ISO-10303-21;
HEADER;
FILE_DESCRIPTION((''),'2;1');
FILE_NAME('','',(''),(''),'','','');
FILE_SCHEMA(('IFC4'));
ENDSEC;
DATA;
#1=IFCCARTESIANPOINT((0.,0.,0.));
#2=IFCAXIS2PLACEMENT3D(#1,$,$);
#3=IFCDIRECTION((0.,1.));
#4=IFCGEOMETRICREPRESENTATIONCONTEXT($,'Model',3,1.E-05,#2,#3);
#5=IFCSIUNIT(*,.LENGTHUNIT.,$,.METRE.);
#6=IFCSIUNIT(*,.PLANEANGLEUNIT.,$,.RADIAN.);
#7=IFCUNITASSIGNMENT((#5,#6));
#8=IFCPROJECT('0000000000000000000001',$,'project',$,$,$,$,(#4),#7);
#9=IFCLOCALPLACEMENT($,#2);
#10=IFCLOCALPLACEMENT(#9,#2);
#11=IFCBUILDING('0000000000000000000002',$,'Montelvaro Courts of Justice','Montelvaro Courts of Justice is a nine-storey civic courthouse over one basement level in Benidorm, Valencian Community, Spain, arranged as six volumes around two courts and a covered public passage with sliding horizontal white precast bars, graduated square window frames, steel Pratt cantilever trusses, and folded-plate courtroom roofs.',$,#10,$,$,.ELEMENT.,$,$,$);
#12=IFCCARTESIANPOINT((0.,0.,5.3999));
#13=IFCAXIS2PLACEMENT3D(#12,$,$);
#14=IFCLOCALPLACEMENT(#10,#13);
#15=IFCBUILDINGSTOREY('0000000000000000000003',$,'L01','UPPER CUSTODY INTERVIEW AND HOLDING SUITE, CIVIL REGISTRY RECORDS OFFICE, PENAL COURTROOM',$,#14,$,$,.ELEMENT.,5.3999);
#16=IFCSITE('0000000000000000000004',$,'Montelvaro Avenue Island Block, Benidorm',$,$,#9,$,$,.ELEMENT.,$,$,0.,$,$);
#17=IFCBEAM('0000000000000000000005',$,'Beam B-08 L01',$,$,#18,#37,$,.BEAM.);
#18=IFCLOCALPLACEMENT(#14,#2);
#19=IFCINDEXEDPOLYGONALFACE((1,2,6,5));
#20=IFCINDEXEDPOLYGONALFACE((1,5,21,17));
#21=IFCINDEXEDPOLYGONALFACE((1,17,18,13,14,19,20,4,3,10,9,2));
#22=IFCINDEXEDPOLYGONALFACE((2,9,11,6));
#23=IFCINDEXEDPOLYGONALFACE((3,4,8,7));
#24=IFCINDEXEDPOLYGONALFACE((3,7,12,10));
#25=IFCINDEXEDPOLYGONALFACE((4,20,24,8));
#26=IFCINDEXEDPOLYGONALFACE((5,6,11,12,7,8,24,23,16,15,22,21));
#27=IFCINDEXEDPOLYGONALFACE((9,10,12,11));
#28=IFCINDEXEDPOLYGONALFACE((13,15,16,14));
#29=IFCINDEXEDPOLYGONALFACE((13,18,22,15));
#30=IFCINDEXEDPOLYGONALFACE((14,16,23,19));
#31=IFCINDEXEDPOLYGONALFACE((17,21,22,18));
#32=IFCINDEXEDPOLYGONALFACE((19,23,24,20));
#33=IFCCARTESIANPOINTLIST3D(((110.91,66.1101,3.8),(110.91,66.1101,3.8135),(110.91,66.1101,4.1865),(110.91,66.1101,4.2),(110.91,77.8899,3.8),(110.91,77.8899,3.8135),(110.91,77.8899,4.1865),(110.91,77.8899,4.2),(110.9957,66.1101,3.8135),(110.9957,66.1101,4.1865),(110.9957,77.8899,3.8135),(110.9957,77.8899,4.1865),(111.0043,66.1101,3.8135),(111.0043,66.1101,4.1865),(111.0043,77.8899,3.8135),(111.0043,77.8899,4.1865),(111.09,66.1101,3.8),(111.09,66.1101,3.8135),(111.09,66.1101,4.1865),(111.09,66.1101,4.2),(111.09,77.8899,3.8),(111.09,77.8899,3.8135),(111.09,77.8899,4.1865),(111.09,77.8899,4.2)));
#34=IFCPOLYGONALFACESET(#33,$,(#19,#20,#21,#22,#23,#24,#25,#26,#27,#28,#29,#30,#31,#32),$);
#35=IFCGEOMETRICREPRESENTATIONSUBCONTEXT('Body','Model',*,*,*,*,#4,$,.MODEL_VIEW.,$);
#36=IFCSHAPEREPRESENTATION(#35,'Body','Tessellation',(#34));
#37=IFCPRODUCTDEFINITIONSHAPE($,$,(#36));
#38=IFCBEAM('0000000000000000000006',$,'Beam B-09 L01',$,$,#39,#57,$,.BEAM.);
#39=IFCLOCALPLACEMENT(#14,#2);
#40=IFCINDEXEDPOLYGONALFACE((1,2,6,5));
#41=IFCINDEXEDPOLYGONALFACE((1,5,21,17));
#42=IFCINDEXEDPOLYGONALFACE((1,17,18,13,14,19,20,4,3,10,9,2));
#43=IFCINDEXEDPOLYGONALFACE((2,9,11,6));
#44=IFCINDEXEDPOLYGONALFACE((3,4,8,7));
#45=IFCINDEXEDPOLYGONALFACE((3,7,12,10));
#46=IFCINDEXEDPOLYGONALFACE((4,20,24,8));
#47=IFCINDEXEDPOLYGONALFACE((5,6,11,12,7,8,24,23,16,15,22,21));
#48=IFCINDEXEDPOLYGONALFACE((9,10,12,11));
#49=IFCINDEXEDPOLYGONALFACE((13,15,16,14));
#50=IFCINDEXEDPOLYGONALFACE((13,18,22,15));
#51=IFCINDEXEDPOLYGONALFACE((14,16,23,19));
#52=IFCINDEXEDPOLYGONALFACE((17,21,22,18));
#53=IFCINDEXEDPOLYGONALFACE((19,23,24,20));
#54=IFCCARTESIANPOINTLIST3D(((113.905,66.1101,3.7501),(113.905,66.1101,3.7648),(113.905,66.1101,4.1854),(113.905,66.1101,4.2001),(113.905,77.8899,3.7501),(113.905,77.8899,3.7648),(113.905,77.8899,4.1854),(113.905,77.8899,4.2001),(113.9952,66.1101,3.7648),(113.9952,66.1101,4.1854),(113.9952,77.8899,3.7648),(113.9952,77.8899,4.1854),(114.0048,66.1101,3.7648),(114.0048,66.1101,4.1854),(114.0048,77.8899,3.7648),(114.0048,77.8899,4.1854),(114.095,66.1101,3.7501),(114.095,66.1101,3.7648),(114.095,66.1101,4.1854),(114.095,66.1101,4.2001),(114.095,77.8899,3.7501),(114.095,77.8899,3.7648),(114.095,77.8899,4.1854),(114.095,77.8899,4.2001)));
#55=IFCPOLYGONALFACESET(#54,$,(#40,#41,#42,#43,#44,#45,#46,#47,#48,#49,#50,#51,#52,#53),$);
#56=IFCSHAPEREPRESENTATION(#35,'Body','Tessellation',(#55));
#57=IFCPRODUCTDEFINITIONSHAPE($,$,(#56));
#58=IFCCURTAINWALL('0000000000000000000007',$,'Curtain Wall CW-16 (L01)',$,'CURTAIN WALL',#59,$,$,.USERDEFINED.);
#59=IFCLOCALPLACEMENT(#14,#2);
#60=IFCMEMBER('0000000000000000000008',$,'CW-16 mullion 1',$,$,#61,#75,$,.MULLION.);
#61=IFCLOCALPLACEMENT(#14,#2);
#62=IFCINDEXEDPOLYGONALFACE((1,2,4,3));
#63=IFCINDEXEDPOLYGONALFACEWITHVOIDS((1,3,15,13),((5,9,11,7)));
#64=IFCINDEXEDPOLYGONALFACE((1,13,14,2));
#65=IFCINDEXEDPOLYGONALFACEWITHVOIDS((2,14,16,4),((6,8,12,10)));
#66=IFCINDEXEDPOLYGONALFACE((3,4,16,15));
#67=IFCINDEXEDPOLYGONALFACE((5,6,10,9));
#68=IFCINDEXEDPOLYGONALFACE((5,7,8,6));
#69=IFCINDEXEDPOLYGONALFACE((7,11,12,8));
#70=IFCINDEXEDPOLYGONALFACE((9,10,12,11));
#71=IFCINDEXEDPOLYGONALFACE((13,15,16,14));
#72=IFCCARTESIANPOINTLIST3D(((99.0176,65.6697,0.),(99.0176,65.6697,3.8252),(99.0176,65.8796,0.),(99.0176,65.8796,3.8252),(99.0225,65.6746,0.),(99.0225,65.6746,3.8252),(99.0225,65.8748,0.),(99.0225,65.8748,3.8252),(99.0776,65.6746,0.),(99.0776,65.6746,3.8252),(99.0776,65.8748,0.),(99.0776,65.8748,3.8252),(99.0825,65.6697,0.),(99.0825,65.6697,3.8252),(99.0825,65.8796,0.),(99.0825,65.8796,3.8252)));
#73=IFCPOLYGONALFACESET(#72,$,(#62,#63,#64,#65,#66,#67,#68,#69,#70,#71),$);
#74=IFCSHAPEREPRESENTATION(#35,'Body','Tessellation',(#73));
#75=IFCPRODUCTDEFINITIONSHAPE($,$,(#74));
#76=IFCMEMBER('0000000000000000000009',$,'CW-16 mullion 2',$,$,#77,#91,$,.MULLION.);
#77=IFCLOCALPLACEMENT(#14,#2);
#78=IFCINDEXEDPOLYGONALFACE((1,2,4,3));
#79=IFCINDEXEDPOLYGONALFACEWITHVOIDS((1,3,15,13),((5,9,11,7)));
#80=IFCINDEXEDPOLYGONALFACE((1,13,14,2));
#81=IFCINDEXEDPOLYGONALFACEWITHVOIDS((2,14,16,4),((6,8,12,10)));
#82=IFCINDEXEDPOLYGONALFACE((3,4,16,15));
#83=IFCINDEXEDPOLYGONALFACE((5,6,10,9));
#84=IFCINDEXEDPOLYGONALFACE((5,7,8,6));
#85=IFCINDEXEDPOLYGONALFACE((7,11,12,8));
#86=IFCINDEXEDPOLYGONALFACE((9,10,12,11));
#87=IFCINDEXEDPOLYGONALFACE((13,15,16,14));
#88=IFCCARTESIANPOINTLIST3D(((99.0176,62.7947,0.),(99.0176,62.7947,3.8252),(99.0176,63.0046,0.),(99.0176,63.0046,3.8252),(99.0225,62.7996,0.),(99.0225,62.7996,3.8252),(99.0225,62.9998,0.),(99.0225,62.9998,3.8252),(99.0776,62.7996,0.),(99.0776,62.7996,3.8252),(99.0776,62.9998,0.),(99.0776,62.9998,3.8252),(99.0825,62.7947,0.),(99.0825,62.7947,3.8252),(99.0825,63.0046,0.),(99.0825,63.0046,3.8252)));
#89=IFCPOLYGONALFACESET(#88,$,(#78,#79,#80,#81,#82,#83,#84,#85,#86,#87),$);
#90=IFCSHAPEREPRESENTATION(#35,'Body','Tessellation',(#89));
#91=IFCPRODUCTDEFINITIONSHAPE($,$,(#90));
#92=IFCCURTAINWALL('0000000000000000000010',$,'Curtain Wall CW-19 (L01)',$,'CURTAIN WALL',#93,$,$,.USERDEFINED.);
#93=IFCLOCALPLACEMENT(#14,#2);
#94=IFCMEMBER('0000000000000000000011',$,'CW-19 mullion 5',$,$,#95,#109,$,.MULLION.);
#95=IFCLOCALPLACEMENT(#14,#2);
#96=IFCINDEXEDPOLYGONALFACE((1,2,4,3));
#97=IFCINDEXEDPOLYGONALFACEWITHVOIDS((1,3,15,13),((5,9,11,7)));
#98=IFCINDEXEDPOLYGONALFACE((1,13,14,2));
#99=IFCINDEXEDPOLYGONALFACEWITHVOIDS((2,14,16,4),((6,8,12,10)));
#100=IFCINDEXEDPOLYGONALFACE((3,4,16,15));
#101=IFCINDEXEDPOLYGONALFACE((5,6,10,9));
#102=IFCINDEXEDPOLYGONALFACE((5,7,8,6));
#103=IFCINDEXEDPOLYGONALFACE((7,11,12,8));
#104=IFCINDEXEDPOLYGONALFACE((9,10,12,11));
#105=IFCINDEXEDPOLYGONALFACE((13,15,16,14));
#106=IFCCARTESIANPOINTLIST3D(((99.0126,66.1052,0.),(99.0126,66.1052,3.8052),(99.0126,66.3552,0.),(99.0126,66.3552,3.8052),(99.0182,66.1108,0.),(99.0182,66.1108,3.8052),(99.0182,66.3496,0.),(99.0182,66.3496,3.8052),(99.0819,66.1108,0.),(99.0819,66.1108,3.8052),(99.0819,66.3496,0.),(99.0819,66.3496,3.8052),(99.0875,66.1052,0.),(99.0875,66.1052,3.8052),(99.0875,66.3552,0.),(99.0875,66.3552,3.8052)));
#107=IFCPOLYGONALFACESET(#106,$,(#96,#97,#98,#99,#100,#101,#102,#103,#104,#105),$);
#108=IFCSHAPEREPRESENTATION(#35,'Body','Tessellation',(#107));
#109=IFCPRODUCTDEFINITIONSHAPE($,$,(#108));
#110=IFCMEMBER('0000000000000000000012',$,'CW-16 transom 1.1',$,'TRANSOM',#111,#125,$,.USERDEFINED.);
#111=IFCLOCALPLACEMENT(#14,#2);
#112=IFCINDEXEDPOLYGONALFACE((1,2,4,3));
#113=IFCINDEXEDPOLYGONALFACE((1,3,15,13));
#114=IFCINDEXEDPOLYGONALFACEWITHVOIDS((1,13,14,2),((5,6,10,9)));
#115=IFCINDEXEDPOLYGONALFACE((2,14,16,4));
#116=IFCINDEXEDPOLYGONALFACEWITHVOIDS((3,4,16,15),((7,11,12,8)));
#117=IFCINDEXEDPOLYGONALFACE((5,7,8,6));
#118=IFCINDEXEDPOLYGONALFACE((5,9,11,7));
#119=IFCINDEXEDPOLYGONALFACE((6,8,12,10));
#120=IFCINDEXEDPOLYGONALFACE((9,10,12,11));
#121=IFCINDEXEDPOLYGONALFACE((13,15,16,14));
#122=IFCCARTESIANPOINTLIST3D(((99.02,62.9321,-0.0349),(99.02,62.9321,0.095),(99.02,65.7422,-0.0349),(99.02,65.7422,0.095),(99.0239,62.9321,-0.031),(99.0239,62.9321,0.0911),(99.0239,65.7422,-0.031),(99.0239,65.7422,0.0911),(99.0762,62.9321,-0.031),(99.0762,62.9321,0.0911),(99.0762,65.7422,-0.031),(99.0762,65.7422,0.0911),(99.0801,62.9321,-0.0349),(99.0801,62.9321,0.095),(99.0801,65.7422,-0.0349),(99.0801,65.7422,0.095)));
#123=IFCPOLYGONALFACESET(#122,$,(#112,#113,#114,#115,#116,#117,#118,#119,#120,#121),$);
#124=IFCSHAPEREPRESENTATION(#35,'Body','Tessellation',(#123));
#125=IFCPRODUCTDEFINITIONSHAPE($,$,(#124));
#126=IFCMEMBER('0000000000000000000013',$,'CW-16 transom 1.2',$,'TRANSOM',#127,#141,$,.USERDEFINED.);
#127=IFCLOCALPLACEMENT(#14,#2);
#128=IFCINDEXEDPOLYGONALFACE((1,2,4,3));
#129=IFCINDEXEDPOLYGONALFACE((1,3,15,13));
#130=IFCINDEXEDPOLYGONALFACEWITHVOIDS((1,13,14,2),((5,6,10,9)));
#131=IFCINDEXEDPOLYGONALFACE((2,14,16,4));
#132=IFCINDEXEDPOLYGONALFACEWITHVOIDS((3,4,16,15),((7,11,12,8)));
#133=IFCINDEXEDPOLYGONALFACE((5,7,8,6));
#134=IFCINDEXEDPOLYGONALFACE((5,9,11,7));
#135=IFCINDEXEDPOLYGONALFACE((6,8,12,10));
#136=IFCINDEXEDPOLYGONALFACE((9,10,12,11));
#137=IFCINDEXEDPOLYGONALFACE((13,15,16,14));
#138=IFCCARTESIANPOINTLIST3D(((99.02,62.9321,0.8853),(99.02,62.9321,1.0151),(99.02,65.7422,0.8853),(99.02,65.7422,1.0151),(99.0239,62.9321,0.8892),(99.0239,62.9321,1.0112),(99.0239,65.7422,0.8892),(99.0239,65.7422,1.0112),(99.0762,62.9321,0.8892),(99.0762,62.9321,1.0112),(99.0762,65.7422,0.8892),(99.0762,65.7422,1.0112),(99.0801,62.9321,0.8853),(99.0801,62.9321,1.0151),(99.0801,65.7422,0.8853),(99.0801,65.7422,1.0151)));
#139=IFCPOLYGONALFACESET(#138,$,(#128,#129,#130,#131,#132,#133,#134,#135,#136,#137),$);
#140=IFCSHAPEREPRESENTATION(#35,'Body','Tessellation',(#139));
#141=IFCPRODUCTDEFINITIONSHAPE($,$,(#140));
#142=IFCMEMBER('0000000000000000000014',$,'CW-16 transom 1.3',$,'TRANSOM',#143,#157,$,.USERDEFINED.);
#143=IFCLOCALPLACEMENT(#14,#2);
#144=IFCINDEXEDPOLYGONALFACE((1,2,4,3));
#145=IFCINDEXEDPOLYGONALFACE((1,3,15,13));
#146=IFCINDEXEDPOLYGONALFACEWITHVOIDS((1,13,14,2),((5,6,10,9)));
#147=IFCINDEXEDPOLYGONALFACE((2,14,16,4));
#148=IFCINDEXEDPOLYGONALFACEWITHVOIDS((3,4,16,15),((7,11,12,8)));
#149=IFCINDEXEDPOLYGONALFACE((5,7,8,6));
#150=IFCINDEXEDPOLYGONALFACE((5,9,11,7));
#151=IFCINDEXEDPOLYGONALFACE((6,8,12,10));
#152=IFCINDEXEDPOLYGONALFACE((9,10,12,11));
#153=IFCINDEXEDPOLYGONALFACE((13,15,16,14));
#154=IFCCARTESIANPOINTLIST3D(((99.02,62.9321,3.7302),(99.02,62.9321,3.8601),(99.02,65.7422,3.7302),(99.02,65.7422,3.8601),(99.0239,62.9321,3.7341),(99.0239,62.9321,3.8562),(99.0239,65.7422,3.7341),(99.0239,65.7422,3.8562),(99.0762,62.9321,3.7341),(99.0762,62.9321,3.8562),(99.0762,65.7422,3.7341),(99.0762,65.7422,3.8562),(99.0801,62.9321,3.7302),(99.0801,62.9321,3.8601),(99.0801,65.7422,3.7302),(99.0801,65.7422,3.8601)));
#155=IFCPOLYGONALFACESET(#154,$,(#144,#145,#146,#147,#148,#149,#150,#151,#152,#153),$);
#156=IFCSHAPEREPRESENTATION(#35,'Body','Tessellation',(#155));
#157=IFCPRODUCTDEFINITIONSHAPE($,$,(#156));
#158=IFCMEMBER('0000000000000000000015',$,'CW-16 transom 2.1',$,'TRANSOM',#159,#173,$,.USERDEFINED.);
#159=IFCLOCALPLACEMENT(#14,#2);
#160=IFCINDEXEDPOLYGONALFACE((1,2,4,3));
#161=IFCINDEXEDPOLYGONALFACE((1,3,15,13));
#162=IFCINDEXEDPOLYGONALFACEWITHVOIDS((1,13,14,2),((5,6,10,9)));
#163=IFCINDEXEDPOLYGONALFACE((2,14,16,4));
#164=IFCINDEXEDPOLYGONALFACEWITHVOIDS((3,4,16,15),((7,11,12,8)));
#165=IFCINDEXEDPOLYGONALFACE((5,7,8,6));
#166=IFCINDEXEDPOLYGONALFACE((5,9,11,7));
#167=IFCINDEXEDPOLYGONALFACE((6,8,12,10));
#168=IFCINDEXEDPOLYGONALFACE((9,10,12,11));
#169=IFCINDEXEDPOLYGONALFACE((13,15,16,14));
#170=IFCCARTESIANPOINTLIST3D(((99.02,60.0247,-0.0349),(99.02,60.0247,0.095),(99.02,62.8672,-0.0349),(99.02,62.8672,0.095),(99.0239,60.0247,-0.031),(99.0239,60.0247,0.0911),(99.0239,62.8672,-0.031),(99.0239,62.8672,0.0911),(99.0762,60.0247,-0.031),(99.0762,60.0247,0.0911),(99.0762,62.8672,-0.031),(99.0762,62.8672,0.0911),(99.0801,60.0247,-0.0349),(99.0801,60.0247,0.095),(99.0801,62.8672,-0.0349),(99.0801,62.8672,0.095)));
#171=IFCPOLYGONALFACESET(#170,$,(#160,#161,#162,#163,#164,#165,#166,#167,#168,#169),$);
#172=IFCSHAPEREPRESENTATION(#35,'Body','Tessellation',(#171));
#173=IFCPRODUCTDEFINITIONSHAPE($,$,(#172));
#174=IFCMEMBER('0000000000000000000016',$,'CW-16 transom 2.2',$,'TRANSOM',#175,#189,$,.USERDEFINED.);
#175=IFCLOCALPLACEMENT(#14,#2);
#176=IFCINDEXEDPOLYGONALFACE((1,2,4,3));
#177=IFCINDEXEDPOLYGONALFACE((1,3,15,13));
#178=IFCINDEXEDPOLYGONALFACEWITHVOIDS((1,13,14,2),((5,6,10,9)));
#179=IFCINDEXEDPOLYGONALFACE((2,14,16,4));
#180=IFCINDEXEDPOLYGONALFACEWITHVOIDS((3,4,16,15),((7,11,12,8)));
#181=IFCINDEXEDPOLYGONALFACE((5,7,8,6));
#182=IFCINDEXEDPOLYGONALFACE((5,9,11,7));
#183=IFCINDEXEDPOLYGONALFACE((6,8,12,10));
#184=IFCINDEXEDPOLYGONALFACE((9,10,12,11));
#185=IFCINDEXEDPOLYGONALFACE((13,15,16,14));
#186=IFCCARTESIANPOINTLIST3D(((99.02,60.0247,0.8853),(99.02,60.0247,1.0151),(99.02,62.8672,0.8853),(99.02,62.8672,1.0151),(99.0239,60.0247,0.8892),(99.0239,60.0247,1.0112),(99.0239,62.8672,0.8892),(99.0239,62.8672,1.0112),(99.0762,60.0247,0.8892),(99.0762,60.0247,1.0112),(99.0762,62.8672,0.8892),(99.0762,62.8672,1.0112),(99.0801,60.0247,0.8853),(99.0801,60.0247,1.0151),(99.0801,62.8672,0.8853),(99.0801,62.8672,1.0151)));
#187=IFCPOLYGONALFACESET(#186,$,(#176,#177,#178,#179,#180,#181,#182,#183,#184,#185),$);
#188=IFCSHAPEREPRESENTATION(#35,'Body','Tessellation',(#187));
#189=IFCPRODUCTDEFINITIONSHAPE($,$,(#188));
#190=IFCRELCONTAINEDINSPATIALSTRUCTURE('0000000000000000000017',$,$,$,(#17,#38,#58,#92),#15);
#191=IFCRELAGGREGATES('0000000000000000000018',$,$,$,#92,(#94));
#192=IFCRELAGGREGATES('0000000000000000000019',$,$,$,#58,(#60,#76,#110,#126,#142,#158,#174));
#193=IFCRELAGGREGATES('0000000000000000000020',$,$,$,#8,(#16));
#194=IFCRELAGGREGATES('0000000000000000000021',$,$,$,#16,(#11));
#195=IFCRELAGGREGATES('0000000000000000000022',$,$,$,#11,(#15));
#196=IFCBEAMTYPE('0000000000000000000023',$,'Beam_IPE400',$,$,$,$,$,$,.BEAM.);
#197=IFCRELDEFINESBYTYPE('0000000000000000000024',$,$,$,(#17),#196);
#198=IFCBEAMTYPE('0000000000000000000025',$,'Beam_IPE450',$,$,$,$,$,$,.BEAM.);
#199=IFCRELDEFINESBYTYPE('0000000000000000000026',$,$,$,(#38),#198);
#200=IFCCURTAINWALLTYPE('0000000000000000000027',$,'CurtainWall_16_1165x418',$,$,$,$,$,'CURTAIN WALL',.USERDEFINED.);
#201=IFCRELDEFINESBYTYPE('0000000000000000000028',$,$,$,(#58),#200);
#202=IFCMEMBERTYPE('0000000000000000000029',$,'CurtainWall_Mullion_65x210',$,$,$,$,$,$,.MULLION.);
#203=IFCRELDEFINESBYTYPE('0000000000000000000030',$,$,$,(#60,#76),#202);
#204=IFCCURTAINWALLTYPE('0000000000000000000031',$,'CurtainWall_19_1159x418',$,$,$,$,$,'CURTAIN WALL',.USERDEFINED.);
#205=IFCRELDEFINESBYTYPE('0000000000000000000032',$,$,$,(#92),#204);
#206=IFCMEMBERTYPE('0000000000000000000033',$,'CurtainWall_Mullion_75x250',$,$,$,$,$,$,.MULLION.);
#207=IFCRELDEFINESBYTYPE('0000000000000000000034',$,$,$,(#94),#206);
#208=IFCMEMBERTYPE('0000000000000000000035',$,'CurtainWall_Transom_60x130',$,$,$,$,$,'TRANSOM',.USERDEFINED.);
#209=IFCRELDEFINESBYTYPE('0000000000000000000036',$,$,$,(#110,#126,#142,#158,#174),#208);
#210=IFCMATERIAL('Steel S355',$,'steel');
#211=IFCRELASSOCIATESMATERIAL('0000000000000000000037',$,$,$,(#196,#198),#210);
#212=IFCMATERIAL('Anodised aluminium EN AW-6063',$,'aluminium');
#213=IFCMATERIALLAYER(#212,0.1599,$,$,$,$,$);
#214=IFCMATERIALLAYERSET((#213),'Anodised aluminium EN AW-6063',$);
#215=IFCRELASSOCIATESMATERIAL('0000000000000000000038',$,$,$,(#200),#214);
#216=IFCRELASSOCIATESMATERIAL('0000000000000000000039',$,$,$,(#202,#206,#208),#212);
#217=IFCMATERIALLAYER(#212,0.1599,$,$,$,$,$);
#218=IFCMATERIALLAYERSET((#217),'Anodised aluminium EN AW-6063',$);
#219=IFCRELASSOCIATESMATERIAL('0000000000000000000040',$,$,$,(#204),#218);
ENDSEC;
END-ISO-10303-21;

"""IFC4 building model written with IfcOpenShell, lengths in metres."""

from ifc_helpers import new_model, si_unit, direction, frame, origin, origin_2d, place, context, subcontext, project, spatial, hollow_rectangle, i_section, extrude, material, layer, layer_set, material_profile, profile_set, type_object, element, aggregate, save


model = new_model("IFC4")

# Units and contexts
model_context = context("Model", 3, precision=1e-05, world=origin(), true_north=direction((0.0, 1.0)))
body_context = subcontext(model_context, "Body", "Model", "MODEL_VIEW")
ifc_project = project(units=[si_unit("LENGTHUNIT", "METRE"), si_unit("PLANEANGLEUNIT", "RADIAN")], contexts=[model_context])

# Site, building, storey
site_placement = place(None, origin())
site = spatial("IfcSite", under=ifc_project, at=site_placement, Name="Montelvaro Avenue Island Block, Benidorm", CompositionType="ELEMENT", RefElevation=0.0)
building_placement = place(site_placement, origin())
building = spatial("IfcBuilding", under=site, at=building_placement, Name="Montelvaro Courts of Justice", Description="Montelvaro Courts of Justice is a nine-storey civic courthouse over one basement level in Benidorm, Valencian Community, Spain, arranged as six volumes around two courts and a covered public passage with sliding horizontal white precast bars, graduated square window frames, steel Pratt cantilever trusses, and folded-plate courtroom roofs.", CompositionType="ELEMENT")
storey_placement = place(building_placement, frame((0.0, 0.0, 5.3999)))
storey = spatial("IfcBuildingStorey", under=building, at=storey_placement, Name="L01", Description="UPPER CUSTODY INTERVIEW AND HOLDING SUITE, CIVIL REGISTRY RECORDS OFFICE, PENAL COURTROOM", CompositionType="ELEMENT", Elevation=5.3999)

# Shared definitions
ifc_material_1 = material(Name="Steel S355", Category="steel")

# Beams
ifc_material_profile_1 = material_profile(ifc_material_1, i_section(OverallWidth=0.1799, OverallDepth=0.3999, WebThickness=0.0085, FlangeThickness=0.0134, at=origin_2d()), Name="IPE 400")
ifc_profile_set_1 = profile_set([ifc_material_profile_1], Name="Steel S355")
beam_type_1 = type_object("IfcBeamType", Name="Beam_IPE400", PredefinedType="BEAM", material=ifc_profile_set_1)
beam_1_placement = place(storey_placement, frame((111.0, 66.1101, 4.0), z_axis=(0.0, 1.0, 0.0), x_axis=(-1.0, 0.0, 0.0)))
element("IfcBeam", 1, at=beam_1_placement, inside=storey, type_object=beam_type_1, Name="Beam B-08 L01", PredefinedType="BEAM", context=body_context, shape_type="SweptSolid", body=[
    extrude(i_section(OverallWidth=0.1799, OverallDepth=0.3999, WebThickness=0.0085, FlangeThickness=0.0134, at=origin_2d()), origin(), (0.0, 0.0, 1.0), 11.7798),
])
ifc_material_profile_2 = material_profile(ifc_material_1, i_section(OverallWidth=0.1899, OverallDepth=0.45, WebThickness=0.0095, FlangeThickness=0.0146, at=origin_2d()), Name="IPE 450")
ifc_profile_set_2 = profile_set([ifc_material_profile_2], Name="Steel S355")
beam_type_2 = type_object("IfcBeamType", Name="Beam_IPE450", PredefinedType="BEAM", material=ifc_profile_set_2)
beam_2_placement = place(storey_placement, frame((114.0, 66.1101, 3.9751), z_axis=(0.0, 1.0, 0.0), x_axis=(-1.0, 0.0, 0.0)))
element("IfcBeam", 2, at=beam_2_placement, inside=storey, type_object=beam_type_2, Name="Beam B-09 L01", PredefinedType="BEAM", context=body_context, shape_type="SweptSolid", body=[
    extrude(i_section(OverallWidth=0.1899, OverallDepth=0.45, WebThickness=0.0095, FlangeThickness=0.0146, at=origin_2d()), origin(), (0.0, 0.0, 1.0), 11.7798),
])

# Curtain wall, members
ifc_material_2 = material(Name="Anodised aluminium EN AW-6063", Category="aluminium")
ifc_layer_1 = layer(ifc_material_2, 0.1599)
ifc_layer_set_1 = layer_set([ifc_layer_1], Name="Anodised aluminium EN AW-6063")
curtain_wall_type_1 = type_object("IfcCurtainWallType", Name="CurtainWall_16_1165x418", ElementType="CURTAIN WALL", PredefinedType="USERDEFINED", material=ifc_layer_set_1)
curtain_wall_1_placement = place(storey_placement, origin())
curtain_wall_1 = element("IfcCurtainWall", 3, at=curtain_wall_1_placement, inside=storey, type_object=curtain_wall_type_1, Name="Curtain Wall CW-16 (L01)", ObjectType="CURTAIN WALL", PredefinedType="USERDEFINED")
ifc_material_profile_3 = material_profile(ifc_material_2, hollow_rectangle(XDim=0.0649, YDim=0.21, WallThickness=0.0049, at=origin_2d()), Name="ALU-M 65x210")
ifc_profile_set_3 = profile_set([ifc_material_profile_3], Name="Anodised aluminium EN AW-6063")
member_type_1 = type_object("IfcMemberType", Name="CurtainWall_Mullion_65x210", PredefinedType="MULLION", material=ifc_profile_set_3)
member_1_placement = place(storey_placement, frame((99.05, 65.7747, 0.0), z_axis=(0.0, 0.0, 1.0), x_axis=(1.0, 0.0, 0.0)))
member_1 = element("IfcMember", 4, at=member_1_placement, type_object=member_type_1, Name="CW-16 mullion 1", PredefinedType="MULLION", context=body_context, shape_type="SweptSolid", body=[
    extrude(hollow_rectangle(XDim=0.0649, YDim=0.21, WallThickness=0.0049, at=origin_2d()), origin(), (0.0, 0.0, 1.0), 3.8252),
])
member_2_placement = place(storey_placement, frame((99.05, 62.8997, 0.0), z_axis=(0.0, 0.0, 1.0), x_axis=(1.0, 0.0, 0.0)))
member_2 = element("IfcMember", 5, at=member_2_placement, type_object=member_type_1, Name="CW-16 mullion 2", PredefinedType="MULLION", context=body_context, shape_type="SweptSolid", body=[
    extrude(hollow_rectangle(XDim=0.0649, YDim=0.21, WallThickness=0.0049, at=origin_2d()), origin(), (0.0, 0.0, 1.0), 3.8252),
])

# Curtain wall, member
ifc_layer_2 = layer(ifc_material_2, 0.1599)
ifc_layer_set_2 = layer_set([ifc_layer_2], Name="Anodised aluminium EN AW-6063")
curtain_wall_type_2 = type_object("IfcCurtainWallType", Name="CurtainWall_19_1159x418", ElementType="CURTAIN WALL", PredefinedType="USERDEFINED", material=ifc_layer_set_2)
curtain_wall_2_placement = place(storey_placement, origin())
curtain_wall_2 = element("IfcCurtainWall", 6, at=curtain_wall_2_placement, inside=storey, type_object=curtain_wall_type_2, Name="Curtain Wall CW-19 (L01)", ObjectType="CURTAIN WALL", PredefinedType="USERDEFINED")
ifc_material_profile_4 = material_profile(ifc_material_2, hollow_rectangle(XDim=0.075, YDim=0.25, WallThickness=0.0056, at=origin_2d()), Name="ALU-M 75x250")
ifc_profile_set_4 = profile_set([ifc_material_profile_4], Name="Anodised aluminium EN AW-6063")
member_type_2 = type_object("IfcMemberType", Name="CurtainWall_Mullion_75x250", PredefinedType="MULLION", material=ifc_profile_set_4)
member_3_placement = place(storey_placement, frame((99.05, 66.2302, 0.0), z_axis=(0.0, 0.0, 1.0), x_axis=(1.0, 0.0, 0.0)))
member_3 = element("IfcMember", 7, at=member_3_placement, type_object=member_type_2, Name="CW-19 mullion 5", PredefinedType="MULLION", context=body_context, shape_type="SweptSolid", body=[
    extrude(hollow_rectangle(XDim=0.075, YDim=0.25, WallThickness=0.0056, at=origin_2d()), origin(), (0.0, 0.0, 1.0), 3.8052),
])
aggregate(curtain_wall_2, [member_3])

# Members
ifc_material_profile_5 = material_profile(ifc_material_2, hollow_rectangle(XDim=0.0601, YDim=0.1299, WallThickness=0.0039, at=origin_2d()), Name="ALU-T 60x130")
ifc_profile_set_5 = profile_set([ifc_material_profile_5], Name="Anodised aluminium EN AW-6063")
member_type_3 = type_object("IfcMemberType", Name="CurtainWall_Transom_60x130", ElementType="TRANSOM", PredefinedType="USERDEFINED", material=ifc_profile_set_5)
member_4_placement = place(storey_placement, frame((99.05, 65.7422, 0.03), z_axis=(0.0, -1.0, 0.0), x_axis=(1.0, 0.0, 0.0)))
member_4 = element("IfcMember", 8, at=member_4_placement, type_object=member_type_3, Name="CW-16 transom 1.1", ObjectType="TRANSOM", PredefinedType="USERDEFINED", context=body_context, shape_type="SweptSolid", body=[
    extrude(hollow_rectangle(XDim=0.0601, YDim=0.1299, WallThickness=0.0039, at=origin_2d()), origin(), (0.0, 0.0, 1.0), 2.8101),
])
member_5_placement = place(storey_placement, frame((99.05, 65.7422, 0.9502), z_axis=(0.0, -1.0, 0.0), x_axis=(1.0, 0.0, 0.0)))
member_5 = element("IfcMember", 9, at=member_5_placement, type_object=member_type_3, Name="CW-16 transom 1.2", ObjectType="TRANSOM", PredefinedType="USERDEFINED", context=body_context, shape_type="SweptSolid", body=[
    extrude(hollow_rectangle(XDim=0.0601, YDim=0.1299, WallThickness=0.0039, at=origin_2d()), origin(), (0.0, 0.0, 1.0), 2.8101),
])
member_6_placement = place(storey_placement, frame((99.05, 65.7422, 3.7952), z_axis=(0.0, -1.0, 0.0), x_axis=(1.0, 0.0, 0.0)))
member_6 = element("IfcMember", 10, at=member_6_placement, type_object=member_type_3, Name="CW-16 transom 1.3", ObjectType="TRANSOM", PredefinedType="USERDEFINED", context=body_context, shape_type="SweptSolid", body=[
    extrude(hollow_rectangle(XDim=0.0601, YDim=0.1299, WallThickness=0.0039, at=origin_2d()), origin(), (0.0, 0.0, 1.0), 2.8101),
])
member_7_placement = place(storey_placement, frame((99.05, 62.8672, 0.03), z_axis=(0.0, -1.0, 0.0), x_axis=(1.0, 0.0, 0.0)))
member_7 = element("IfcMember", 11, at=member_7_placement, type_object=member_type_3, Name="CW-16 transom 2.1", ObjectType="TRANSOM", PredefinedType="USERDEFINED", context=body_context, shape_type="SweptSolid", body=[
    extrude(hollow_rectangle(XDim=0.0601, YDim=0.1299, WallThickness=0.0039, at=origin_2d()), origin(), (0.0, 0.0, 1.0), 2.8425),
])
member_8_placement = place(storey_placement, frame((99.05, 62.8672, 0.9502), z_axis=(0.0, -1.0, 0.0), x_axis=(1.0, 0.0, 0.0)))
member_8 = element("IfcMember", 12, at=member_8_placement, type_object=member_type_3, Name="CW-16 transom 2.2", ObjectType="TRANSOM", PredefinedType="USERDEFINED", context=body_context, shape_type="SweptSolid", body=[
    extrude(hollow_rectangle(XDim=0.0601, YDim=0.1299, WallThickness=0.0039, at=origin_2d()), origin(), (0.0, 0.0, 1.0), 2.8425),
])

aggregate(curtain_wall_1, [member_1, member_2, member_4, member_5, member_6, member_7, member_8])

save(model, "model.ifc")
